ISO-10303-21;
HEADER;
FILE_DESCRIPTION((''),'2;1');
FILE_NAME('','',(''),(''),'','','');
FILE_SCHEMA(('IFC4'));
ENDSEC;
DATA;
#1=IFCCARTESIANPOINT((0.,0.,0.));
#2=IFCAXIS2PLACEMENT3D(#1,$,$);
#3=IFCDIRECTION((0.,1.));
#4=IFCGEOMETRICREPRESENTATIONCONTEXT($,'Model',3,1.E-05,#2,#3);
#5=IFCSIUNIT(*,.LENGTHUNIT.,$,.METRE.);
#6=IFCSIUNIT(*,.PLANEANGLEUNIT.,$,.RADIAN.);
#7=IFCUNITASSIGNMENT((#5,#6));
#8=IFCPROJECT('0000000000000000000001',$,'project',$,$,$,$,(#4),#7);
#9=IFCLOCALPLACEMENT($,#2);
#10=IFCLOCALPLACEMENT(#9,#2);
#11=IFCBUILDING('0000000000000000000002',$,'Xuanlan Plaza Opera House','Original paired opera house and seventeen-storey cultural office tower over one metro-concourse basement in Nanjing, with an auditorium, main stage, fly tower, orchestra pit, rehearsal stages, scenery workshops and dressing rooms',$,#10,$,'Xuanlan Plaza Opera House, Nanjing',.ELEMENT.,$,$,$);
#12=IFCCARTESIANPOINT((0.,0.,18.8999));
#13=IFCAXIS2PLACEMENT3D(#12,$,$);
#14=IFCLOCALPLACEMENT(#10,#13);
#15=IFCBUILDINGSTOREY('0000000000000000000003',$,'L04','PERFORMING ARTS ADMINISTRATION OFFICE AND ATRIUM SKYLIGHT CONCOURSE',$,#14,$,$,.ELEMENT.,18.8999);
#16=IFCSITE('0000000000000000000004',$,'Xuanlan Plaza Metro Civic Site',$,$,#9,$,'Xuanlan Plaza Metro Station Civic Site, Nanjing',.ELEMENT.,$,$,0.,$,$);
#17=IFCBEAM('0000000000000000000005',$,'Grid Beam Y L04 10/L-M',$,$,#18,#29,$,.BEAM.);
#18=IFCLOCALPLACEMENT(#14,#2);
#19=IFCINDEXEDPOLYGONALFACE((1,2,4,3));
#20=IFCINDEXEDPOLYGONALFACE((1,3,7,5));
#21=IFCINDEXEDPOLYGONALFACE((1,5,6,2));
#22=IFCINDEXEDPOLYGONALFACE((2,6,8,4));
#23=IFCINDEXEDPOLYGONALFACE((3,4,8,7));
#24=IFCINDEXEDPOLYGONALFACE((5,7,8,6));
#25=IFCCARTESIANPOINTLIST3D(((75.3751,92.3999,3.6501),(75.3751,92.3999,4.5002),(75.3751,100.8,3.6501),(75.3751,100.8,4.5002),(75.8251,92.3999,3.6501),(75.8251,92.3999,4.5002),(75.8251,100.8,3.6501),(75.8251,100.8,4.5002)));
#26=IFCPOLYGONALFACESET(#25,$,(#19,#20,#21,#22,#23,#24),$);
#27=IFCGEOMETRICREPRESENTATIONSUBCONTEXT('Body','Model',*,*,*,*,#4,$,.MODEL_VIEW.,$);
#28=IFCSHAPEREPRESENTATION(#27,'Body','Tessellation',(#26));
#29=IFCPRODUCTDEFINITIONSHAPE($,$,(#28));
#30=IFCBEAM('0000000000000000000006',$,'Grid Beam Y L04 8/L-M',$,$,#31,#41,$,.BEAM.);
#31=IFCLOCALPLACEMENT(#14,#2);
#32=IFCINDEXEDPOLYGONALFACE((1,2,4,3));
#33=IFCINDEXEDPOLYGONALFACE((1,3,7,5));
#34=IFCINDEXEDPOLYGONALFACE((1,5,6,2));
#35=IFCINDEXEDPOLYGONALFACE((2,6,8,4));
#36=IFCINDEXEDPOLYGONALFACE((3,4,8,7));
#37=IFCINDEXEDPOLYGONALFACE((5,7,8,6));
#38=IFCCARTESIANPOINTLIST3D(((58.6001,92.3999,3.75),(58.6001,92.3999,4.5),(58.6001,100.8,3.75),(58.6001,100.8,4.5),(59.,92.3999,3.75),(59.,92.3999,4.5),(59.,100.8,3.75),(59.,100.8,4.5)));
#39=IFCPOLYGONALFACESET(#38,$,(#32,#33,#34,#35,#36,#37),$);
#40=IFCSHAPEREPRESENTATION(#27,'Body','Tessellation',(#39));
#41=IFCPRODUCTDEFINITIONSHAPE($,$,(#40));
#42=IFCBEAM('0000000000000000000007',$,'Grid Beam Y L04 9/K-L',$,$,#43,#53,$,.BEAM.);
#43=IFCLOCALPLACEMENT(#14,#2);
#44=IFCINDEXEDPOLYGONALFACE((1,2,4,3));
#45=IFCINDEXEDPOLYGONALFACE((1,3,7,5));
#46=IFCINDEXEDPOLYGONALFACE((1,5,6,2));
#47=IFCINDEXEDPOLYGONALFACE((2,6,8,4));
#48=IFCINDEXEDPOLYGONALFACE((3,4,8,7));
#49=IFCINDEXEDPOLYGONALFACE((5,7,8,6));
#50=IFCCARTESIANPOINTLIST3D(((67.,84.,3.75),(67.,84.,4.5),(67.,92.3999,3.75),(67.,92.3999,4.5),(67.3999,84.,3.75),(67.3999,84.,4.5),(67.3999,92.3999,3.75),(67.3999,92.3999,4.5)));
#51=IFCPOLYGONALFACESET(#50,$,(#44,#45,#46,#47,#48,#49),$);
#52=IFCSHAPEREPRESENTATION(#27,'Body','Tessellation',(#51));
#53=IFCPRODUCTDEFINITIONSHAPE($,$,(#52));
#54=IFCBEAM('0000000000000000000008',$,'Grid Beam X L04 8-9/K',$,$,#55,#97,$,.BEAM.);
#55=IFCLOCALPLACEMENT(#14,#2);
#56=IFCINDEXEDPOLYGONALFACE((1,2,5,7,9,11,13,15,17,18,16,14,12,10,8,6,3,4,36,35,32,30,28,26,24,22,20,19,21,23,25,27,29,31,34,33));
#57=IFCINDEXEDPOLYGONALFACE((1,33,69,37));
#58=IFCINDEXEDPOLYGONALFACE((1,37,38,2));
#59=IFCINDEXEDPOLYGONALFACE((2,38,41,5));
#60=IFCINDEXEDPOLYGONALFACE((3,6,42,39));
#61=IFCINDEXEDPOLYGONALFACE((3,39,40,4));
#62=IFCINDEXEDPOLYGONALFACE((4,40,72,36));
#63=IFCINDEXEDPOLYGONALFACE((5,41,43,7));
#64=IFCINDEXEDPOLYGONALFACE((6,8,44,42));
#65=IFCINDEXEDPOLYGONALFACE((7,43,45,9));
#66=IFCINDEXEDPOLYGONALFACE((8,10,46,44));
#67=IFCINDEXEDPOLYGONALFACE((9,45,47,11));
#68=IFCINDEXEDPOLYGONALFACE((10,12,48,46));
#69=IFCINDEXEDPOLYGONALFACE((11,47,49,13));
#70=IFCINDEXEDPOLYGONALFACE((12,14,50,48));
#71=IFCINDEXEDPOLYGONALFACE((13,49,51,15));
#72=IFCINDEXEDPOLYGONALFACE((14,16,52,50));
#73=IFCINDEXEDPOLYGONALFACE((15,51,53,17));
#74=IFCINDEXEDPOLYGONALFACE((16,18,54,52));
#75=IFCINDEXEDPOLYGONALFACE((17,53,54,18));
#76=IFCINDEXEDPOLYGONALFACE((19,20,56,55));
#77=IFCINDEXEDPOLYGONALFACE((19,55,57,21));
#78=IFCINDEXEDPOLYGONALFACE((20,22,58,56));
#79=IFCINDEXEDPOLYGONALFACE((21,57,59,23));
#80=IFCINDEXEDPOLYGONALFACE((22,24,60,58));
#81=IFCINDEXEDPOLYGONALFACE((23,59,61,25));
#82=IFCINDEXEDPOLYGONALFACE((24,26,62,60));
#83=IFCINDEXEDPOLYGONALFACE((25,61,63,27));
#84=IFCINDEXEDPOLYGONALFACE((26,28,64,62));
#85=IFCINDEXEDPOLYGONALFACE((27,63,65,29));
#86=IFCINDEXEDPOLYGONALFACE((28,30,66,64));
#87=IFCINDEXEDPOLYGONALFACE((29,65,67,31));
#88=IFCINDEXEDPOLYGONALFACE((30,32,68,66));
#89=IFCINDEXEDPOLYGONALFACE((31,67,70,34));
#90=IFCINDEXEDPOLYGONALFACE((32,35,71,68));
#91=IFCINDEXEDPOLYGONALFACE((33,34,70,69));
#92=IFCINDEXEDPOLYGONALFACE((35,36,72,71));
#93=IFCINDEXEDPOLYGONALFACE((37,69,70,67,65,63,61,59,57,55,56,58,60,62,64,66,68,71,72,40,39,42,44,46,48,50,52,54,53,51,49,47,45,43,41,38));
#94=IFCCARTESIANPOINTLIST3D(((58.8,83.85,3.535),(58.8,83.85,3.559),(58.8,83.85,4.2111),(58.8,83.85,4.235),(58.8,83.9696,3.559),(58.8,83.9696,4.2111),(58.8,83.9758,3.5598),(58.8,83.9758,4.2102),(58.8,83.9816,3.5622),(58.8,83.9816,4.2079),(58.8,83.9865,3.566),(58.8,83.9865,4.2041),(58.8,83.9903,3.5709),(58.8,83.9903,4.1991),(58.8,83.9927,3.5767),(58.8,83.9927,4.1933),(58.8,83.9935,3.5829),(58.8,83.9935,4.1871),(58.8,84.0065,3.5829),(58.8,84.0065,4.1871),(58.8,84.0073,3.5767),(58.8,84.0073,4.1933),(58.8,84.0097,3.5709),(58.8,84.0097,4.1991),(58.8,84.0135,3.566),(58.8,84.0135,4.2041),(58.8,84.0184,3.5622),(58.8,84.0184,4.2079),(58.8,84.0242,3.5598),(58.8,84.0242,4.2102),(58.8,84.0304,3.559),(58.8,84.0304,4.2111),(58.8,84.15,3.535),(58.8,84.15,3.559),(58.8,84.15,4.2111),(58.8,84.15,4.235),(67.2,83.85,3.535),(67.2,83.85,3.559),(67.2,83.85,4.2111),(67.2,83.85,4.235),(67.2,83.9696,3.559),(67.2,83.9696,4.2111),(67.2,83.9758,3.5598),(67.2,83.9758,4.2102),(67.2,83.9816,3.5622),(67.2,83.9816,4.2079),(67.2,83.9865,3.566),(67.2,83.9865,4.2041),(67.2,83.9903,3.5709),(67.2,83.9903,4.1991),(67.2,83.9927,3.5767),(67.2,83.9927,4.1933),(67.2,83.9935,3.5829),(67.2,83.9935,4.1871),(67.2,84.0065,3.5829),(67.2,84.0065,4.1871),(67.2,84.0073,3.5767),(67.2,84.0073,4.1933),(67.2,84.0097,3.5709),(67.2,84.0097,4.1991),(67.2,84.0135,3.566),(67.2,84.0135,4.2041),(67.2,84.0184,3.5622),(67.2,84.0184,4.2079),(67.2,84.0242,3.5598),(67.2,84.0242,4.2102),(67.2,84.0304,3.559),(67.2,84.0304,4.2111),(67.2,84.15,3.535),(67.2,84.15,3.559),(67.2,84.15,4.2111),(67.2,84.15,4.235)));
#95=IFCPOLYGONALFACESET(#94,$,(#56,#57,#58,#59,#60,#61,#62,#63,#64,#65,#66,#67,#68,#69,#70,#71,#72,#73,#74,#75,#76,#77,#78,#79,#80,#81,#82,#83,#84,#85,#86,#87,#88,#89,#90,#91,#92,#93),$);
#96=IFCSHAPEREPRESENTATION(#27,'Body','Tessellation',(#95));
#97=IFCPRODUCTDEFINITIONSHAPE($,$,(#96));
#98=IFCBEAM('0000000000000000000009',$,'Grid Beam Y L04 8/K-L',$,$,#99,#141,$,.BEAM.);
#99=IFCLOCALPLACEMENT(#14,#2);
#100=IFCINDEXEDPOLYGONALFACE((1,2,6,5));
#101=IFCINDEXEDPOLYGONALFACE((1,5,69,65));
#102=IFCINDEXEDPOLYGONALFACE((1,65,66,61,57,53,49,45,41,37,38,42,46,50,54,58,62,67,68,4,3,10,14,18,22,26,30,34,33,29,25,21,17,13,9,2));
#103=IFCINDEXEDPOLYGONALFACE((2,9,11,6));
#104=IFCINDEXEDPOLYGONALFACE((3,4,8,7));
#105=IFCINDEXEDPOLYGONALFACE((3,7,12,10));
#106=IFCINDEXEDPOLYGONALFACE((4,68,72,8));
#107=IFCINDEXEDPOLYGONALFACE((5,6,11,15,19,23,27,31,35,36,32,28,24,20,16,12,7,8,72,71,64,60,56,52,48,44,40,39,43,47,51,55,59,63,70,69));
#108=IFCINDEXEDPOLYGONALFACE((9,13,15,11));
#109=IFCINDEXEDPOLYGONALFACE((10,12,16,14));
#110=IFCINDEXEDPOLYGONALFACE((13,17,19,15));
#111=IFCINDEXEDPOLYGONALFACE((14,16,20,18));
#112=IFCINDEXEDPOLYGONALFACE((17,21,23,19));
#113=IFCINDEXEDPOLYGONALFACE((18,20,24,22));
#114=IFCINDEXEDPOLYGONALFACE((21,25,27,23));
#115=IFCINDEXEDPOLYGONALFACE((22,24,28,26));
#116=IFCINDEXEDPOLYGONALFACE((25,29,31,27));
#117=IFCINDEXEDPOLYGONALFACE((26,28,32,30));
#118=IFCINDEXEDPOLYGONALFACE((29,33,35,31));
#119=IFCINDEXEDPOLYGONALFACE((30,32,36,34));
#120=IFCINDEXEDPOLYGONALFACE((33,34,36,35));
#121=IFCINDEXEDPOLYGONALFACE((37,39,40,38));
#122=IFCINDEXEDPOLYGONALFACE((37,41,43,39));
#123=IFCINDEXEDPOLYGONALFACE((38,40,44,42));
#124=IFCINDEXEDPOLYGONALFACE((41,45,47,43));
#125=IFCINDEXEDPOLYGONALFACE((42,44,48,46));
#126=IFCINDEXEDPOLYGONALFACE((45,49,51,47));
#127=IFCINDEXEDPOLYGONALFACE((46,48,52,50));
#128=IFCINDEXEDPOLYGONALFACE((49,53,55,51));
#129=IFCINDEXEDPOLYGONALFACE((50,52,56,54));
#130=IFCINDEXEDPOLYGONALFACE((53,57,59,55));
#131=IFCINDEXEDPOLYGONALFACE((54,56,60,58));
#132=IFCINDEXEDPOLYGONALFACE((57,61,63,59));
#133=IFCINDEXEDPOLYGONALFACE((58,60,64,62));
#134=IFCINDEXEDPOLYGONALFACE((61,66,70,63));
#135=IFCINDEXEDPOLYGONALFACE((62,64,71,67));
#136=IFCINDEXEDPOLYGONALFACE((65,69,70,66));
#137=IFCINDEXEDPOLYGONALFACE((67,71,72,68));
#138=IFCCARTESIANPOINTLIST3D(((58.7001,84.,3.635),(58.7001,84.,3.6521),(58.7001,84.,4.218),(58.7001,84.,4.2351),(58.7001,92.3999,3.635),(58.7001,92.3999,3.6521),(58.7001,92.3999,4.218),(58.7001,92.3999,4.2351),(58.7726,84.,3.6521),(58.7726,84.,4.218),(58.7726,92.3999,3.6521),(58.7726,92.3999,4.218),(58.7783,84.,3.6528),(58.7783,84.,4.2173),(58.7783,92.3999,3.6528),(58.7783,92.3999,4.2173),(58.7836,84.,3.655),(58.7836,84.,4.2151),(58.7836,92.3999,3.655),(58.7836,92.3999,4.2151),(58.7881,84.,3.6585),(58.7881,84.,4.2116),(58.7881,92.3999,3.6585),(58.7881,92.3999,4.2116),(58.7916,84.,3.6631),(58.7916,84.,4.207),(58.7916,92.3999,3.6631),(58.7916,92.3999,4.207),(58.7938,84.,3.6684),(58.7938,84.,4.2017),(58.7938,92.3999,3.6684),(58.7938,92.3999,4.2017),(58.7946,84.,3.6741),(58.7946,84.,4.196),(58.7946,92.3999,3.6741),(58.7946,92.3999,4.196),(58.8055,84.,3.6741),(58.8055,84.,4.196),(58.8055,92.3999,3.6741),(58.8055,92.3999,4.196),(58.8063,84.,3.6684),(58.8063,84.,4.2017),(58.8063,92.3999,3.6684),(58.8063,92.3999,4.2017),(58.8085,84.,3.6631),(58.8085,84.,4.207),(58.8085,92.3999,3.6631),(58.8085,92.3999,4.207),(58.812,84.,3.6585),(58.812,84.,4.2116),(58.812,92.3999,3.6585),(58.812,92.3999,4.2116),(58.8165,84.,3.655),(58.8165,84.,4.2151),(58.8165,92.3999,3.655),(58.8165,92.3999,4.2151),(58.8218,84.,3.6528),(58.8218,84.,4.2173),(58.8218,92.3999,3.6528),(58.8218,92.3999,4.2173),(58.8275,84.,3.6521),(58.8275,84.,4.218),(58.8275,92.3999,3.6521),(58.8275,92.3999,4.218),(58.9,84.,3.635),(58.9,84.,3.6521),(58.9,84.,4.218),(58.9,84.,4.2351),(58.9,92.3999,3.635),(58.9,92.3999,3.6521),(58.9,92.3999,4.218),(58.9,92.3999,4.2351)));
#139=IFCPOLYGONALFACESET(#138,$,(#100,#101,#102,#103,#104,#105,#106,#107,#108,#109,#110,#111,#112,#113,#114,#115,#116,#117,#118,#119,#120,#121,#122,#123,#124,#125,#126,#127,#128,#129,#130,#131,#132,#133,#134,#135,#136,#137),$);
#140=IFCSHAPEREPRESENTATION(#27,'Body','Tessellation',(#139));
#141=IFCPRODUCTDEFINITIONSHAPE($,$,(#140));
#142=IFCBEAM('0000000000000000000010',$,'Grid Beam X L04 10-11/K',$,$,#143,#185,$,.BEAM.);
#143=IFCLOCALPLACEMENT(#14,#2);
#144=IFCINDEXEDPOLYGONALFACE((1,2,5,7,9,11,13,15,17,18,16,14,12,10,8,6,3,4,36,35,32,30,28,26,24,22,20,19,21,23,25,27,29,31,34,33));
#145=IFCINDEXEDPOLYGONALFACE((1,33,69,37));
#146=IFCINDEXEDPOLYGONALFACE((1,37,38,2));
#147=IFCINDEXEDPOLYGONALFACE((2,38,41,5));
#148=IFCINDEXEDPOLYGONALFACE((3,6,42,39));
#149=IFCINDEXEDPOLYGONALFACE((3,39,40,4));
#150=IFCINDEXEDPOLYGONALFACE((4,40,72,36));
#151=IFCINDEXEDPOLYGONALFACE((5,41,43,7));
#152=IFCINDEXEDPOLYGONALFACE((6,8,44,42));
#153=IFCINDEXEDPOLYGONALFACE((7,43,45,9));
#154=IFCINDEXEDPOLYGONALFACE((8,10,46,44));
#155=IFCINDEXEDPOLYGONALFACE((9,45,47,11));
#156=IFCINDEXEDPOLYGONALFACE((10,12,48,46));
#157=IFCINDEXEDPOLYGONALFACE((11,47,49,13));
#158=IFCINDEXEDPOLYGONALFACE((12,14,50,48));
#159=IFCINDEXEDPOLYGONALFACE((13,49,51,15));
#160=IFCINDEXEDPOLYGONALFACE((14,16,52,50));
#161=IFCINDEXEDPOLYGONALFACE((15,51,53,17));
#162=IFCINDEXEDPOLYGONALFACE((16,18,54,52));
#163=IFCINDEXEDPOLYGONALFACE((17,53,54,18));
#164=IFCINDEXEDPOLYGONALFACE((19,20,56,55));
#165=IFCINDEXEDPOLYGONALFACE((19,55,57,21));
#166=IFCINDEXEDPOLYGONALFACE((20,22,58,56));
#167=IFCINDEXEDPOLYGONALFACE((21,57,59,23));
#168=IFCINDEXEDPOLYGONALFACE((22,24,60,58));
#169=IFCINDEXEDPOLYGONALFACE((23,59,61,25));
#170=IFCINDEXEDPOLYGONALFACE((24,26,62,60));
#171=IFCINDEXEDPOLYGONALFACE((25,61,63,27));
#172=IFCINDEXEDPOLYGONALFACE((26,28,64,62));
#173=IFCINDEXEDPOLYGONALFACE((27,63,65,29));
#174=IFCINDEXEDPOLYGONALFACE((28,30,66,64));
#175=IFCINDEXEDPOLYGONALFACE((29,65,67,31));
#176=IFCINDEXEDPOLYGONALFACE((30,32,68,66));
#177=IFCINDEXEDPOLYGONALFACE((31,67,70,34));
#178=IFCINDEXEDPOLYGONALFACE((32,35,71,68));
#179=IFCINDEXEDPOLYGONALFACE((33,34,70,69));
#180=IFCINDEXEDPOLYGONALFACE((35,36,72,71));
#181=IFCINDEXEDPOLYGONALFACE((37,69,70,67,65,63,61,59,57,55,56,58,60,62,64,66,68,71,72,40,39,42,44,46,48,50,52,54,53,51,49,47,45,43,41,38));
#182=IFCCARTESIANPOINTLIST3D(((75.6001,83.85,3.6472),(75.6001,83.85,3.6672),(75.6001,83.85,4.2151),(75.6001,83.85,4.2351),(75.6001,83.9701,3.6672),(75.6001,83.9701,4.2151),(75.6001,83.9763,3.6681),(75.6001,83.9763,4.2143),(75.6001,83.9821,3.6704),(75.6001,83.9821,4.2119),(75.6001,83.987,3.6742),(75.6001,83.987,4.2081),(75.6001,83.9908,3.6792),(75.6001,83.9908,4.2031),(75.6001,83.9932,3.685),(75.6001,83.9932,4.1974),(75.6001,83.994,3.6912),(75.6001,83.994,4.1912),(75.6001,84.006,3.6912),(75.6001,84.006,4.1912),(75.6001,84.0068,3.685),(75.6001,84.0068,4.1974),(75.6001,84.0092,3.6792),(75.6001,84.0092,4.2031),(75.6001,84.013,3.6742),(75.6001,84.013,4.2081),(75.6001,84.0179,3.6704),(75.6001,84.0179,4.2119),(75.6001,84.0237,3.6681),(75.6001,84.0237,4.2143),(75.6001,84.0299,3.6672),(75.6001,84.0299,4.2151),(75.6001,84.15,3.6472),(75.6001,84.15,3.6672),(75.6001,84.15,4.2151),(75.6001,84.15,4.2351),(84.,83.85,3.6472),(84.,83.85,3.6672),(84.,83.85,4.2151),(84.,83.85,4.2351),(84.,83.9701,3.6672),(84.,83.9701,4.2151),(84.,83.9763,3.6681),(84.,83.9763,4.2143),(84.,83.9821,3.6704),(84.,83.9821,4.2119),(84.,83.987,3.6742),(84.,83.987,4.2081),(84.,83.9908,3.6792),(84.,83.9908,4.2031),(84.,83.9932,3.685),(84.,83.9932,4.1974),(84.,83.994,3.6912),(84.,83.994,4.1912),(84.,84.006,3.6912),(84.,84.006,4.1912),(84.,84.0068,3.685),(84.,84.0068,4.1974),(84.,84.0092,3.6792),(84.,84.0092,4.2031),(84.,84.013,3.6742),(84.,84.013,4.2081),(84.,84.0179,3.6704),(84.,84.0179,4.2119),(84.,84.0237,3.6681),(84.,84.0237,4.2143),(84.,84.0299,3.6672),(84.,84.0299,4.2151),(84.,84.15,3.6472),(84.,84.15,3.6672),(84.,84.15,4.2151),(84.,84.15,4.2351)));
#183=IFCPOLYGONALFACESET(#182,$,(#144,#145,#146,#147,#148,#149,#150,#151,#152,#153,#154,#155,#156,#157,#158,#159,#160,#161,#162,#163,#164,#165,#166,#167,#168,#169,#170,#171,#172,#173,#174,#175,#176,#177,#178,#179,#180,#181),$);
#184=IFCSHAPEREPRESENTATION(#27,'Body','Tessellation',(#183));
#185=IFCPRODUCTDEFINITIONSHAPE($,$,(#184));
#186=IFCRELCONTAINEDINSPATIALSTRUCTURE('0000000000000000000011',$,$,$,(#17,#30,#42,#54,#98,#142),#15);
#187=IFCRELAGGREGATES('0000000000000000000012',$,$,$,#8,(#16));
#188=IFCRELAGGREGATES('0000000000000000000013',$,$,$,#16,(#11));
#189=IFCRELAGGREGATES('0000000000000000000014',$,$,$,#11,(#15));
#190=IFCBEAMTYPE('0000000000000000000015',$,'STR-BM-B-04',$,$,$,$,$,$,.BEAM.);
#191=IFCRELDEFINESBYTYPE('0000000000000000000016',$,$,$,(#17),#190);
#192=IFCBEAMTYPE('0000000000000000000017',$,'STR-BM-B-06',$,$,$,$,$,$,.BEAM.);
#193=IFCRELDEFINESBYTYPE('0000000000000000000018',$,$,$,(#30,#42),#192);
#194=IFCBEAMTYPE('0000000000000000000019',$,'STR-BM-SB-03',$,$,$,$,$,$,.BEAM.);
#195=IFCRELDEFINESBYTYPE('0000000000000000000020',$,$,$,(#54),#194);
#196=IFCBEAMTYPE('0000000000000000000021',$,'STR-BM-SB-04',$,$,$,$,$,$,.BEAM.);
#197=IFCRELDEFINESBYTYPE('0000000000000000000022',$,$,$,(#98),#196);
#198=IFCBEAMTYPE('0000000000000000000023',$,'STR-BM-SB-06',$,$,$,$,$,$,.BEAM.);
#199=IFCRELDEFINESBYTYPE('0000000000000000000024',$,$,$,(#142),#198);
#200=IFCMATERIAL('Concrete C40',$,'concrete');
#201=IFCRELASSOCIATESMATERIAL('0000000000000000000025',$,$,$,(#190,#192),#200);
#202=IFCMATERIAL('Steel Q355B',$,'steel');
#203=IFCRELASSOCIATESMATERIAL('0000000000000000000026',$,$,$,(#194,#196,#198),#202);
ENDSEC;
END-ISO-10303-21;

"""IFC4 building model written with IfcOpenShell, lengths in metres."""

from ifc_helpers import new_model, si_unit, direction, frame, origin, origin_2d, place, context, subcontext, project, spatial, rectangle, i_section, extrude, material, material_profile, profile_set, type_object, element, save


model = new_model("IFC4")

# Units and contexts
model_context = context("Model", 3, precision=1e-05, world=origin(), true_north=direction((0.0, 1.0)))
body_context = subcontext(model_context, "Body", "Model", "MODEL_VIEW")
ifc_project = project(units=[si_unit("LENGTHUNIT", "METRE"), si_unit("PLANEANGLEUNIT", "RADIAN")], contexts=[model_context])

# Site, building, storey
site_placement = place(None, origin())
site = spatial("IfcSite", under=ifc_project, at=site_placement, Name="Xuanlan Plaza Metro Civic Site", LongName="Xuanlan Plaza Metro Station Civic Site, Nanjing", CompositionType="ELEMENT", RefElevation=0.0)
building_placement = place(site_placement, origin())
building = spatial("IfcBuilding", under=site, at=building_placement, Name="Xuanlan Plaza Opera House", Description="Original paired opera house and seventeen-storey cultural office tower over one metro-concourse basement in Nanjing, with an auditorium, main stage, fly tower, orchestra pit, rehearsal stages, scenery workshops and dressing rooms", LongName="Xuanlan Plaza Opera House, Nanjing", CompositionType="ELEMENT")
storey_placement = place(building_placement, frame((0.0, 0.0, 18.8999)))
storey = spatial("IfcBuildingStorey", under=building, at=storey_placement, Name="L04", Description="PERFORMING ARTS ADMINISTRATION OFFICE AND ATRIUM SKYLIGHT CONCOURSE", CompositionType="ELEMENT", Elevation=18.8999)

# Shared definitions
ifc_material_1 = material(Name="Concrete C40", Category="concrete")

# Beams
ifc_material_profile_1 = material_profile(ifc_material_1, rectangle(XDim=0.45, YDim=0.8501, at=origin_2d()), Name="RC-BM 450x850")
ifc_profile_set_1 = profile_set([ifc_material_profile_1], Name="Concrete C40")
beam_type_1 = type_object("IfcBeamType", Name="STR-BM-B-04", PredefinedType="BEAM", material=ifc_profile_set_1)
beam_1_placement = place(storey_placement, frame((75.6001, 92.3999, 4.0752), z_axis=(0.0, 1.0, 0.0), x_axis=(-1.0, 0.0, 0.0)))
element("IfcBeam", 1, at=beam_1_placement, inside=storey, type_object=beam_type_1, Name="Grid Beam Y L04 10/L-M", PredefinedType="BEAM", context=body_context, shape_type="SweptSolid", body=[
    extrude(rectangle(XDim=0.45, YDim=0.8501, at=origin_2d()), origin(), (0.0, 0.0, 1.0), 8.4001),
])
ifc_material_profile_2 = material_profile(ifc_material_1, rectangle(XDim=0.3999, YDim=0.75, at=origin_2d()), Name="RC-BM 400x750")
ifc_profile_set_2 = profile_set([ifc_material_profile_2], Name="Concrete C40")
beam_type_2 = type_object("IfcBeamType", Name="STR-BM-B-06", PredefinedType="BEAM", material=ifc_profile_set_2)
beam_2_placement = place(storey_placement, frame((58.8, 92.3999, 4.125), z_axis=(0.0, 1.0, 0.0), x_axis=(-1.0, 0.0, 0.0)))
element("IfcBeam", 2, at=beam_2_placement, inside=storey, type_object=beam_type_2, Name="Grid Beam Y L04 8/L-M", PredefinedType="BEAM", context=body_context, shape_type="SweptSolid", body=[
    extrude(rectangle(XDim=0.3999, YDim=0.75, at=origin_2d()), origin(), (0.0, 0.0, 1.0), 8.4001),
])
beam_3_placement = place(storey_placement, frame((67.2, 84.0, 4.125), z_axis=(0.0, 1.0, 0.0), x_axis=(-1.0, 0.0, 0.0)))
element("IfcBeam", 3, at=beam_3_placement, inside=storey, type_object=beam_type_2, Name="Grid Beam Y L04 9/K-L", PredefinedType="BEAM", context=body_context, shape_type="SweptSolid", body=[
    extrude(rectangle(XDim=0.3999, YDim=0.75, at=origin_2d()), origin(), (0.0, 0.0, 1.0), 8.3999),
])
ifc_material_2 = material(Name="Steel Q355B", Category="steel")
ifc_material_profile_3 = material_profile(ifc_material_2, i_section(OverallWidth=0.3, OverallDepth=0.7, WebThickness=0.0129, FlangeThickness=0.0239, FilletRadius=0.0239, at=origin_2d()), Name="HN 700x300x13x24")
ifc_profile_set_3 = profile_set([ifc_material_profile_3], Name="Steel Q355B")
beam_type_3 = type_object("IfcBeamType", Name="STR-BM-SB-03", PredefinedType="BEAM", material=ifc_profile_set_3)
beam_4_placement = place(storey_placement, frame((58.8, 84.0, 3.885), z_axis=(1.0, 0.0, 0.0), x_axis=(0.0, 1.0, 0.0)))
element("IfcBeam", 4, at=beam_4_placement, inside=storey, type_object=beam_type_3, Name="Grid Beam X L04 8-9/K", PredefinedType="BEAM", context=body_context, shape_type="SweptSolid", body=[
    extrude(i_section(OverallWidth=0.3, OverallDepth=0.7, WebThickness=0.0129, FlangeThickness=0.0239, FilletRadius=0.0239, at=origin_2d()), origin(), (0.0, 0.0, 1.0), 8.3999),
])
ifc_material_profile_4 = material_profile(ifc_material_2, i_section(OverallWidth=0.2, OverallDepth=0.6001, WebThickness=0.011, FlangeThickness=0.0171, FilletRadius=0.022, at=origin_2d()), Name="HN 600x200x11x17")
ifc_profile_set_4 = profile_set([ifc_material_profile_4], Name="Steel Q355B")
beam_type_4 = type_object("IfcBeamType", Name="STR-BM-SB-04", PredefinedType="BEAM", material=ifc_profile_set_4)
beam_5_placement = place(storey_placement, frame((58.8, 84.0, 3.9351), z_axis=(0.0, 1.0, 0.0), x_axis=(-1.0, 0.0, 0.0)))
element("IfcBeam", 5, at=beam_5_placement, inside=storey, type_object=beam_type_4, Name="Grid Beam Y L04 8/K-L", PredefinedType="BEAM", context=body_context, shape_type="SweptSolid", body=[
    extrude(i_section(OverallWidth=0.2, OverallDepth=0.6001, WebThickness=0.011, FlangeThickness=0.0171, FilletRadius=0.022, at=origin_2d()), origin(), (0.0, 0.0, 1.0), 8.3999),
])
ifc_material_profile_5 = material_profile(ifc_material_2, i_section(OverallWidth=0.3, OverallDepth=0.5879, WebThickness=0.012, FlangeThickness=0.02, FilletRadius=0.0239, at=origin_2d()), Name="HM 588x300x12x20")
ifc_profile_set_5 = profile_set([ifc_material_profile_5], Name="Steel Q355B")
beam_type_5 = type_object("IfcBeamType", Name="STR-BM-SB-06", PredefinedType="BEAM", material=ifc_profile_set_5)
beam_6_placement = place(storey_placement, frame((75.6001, 84.0, 3.9412), z_axis=(1.0, 0.0, 0.0), x_axis=(0.0, 1.0, 0.0)))
element("IfcBeam", 6, at=beam_6_placement, inside=storey, type_object=beam_type_5, Name="Grid Beam X L04 10-11/K", PredefinedType="BEAM", context=body_context, shape_type="SweptSolid", body=[
    extrude(i_section(OverallWidth=0.3, OverallDepth=0.5879, WebThickness=0.012, FlangeThickness=0.02, FilletRadius=0.0239, at=origin_2d()), origin(), (0.0, 0.0, 1.0), 8.3999),
])

save(model, "model.ifc")
